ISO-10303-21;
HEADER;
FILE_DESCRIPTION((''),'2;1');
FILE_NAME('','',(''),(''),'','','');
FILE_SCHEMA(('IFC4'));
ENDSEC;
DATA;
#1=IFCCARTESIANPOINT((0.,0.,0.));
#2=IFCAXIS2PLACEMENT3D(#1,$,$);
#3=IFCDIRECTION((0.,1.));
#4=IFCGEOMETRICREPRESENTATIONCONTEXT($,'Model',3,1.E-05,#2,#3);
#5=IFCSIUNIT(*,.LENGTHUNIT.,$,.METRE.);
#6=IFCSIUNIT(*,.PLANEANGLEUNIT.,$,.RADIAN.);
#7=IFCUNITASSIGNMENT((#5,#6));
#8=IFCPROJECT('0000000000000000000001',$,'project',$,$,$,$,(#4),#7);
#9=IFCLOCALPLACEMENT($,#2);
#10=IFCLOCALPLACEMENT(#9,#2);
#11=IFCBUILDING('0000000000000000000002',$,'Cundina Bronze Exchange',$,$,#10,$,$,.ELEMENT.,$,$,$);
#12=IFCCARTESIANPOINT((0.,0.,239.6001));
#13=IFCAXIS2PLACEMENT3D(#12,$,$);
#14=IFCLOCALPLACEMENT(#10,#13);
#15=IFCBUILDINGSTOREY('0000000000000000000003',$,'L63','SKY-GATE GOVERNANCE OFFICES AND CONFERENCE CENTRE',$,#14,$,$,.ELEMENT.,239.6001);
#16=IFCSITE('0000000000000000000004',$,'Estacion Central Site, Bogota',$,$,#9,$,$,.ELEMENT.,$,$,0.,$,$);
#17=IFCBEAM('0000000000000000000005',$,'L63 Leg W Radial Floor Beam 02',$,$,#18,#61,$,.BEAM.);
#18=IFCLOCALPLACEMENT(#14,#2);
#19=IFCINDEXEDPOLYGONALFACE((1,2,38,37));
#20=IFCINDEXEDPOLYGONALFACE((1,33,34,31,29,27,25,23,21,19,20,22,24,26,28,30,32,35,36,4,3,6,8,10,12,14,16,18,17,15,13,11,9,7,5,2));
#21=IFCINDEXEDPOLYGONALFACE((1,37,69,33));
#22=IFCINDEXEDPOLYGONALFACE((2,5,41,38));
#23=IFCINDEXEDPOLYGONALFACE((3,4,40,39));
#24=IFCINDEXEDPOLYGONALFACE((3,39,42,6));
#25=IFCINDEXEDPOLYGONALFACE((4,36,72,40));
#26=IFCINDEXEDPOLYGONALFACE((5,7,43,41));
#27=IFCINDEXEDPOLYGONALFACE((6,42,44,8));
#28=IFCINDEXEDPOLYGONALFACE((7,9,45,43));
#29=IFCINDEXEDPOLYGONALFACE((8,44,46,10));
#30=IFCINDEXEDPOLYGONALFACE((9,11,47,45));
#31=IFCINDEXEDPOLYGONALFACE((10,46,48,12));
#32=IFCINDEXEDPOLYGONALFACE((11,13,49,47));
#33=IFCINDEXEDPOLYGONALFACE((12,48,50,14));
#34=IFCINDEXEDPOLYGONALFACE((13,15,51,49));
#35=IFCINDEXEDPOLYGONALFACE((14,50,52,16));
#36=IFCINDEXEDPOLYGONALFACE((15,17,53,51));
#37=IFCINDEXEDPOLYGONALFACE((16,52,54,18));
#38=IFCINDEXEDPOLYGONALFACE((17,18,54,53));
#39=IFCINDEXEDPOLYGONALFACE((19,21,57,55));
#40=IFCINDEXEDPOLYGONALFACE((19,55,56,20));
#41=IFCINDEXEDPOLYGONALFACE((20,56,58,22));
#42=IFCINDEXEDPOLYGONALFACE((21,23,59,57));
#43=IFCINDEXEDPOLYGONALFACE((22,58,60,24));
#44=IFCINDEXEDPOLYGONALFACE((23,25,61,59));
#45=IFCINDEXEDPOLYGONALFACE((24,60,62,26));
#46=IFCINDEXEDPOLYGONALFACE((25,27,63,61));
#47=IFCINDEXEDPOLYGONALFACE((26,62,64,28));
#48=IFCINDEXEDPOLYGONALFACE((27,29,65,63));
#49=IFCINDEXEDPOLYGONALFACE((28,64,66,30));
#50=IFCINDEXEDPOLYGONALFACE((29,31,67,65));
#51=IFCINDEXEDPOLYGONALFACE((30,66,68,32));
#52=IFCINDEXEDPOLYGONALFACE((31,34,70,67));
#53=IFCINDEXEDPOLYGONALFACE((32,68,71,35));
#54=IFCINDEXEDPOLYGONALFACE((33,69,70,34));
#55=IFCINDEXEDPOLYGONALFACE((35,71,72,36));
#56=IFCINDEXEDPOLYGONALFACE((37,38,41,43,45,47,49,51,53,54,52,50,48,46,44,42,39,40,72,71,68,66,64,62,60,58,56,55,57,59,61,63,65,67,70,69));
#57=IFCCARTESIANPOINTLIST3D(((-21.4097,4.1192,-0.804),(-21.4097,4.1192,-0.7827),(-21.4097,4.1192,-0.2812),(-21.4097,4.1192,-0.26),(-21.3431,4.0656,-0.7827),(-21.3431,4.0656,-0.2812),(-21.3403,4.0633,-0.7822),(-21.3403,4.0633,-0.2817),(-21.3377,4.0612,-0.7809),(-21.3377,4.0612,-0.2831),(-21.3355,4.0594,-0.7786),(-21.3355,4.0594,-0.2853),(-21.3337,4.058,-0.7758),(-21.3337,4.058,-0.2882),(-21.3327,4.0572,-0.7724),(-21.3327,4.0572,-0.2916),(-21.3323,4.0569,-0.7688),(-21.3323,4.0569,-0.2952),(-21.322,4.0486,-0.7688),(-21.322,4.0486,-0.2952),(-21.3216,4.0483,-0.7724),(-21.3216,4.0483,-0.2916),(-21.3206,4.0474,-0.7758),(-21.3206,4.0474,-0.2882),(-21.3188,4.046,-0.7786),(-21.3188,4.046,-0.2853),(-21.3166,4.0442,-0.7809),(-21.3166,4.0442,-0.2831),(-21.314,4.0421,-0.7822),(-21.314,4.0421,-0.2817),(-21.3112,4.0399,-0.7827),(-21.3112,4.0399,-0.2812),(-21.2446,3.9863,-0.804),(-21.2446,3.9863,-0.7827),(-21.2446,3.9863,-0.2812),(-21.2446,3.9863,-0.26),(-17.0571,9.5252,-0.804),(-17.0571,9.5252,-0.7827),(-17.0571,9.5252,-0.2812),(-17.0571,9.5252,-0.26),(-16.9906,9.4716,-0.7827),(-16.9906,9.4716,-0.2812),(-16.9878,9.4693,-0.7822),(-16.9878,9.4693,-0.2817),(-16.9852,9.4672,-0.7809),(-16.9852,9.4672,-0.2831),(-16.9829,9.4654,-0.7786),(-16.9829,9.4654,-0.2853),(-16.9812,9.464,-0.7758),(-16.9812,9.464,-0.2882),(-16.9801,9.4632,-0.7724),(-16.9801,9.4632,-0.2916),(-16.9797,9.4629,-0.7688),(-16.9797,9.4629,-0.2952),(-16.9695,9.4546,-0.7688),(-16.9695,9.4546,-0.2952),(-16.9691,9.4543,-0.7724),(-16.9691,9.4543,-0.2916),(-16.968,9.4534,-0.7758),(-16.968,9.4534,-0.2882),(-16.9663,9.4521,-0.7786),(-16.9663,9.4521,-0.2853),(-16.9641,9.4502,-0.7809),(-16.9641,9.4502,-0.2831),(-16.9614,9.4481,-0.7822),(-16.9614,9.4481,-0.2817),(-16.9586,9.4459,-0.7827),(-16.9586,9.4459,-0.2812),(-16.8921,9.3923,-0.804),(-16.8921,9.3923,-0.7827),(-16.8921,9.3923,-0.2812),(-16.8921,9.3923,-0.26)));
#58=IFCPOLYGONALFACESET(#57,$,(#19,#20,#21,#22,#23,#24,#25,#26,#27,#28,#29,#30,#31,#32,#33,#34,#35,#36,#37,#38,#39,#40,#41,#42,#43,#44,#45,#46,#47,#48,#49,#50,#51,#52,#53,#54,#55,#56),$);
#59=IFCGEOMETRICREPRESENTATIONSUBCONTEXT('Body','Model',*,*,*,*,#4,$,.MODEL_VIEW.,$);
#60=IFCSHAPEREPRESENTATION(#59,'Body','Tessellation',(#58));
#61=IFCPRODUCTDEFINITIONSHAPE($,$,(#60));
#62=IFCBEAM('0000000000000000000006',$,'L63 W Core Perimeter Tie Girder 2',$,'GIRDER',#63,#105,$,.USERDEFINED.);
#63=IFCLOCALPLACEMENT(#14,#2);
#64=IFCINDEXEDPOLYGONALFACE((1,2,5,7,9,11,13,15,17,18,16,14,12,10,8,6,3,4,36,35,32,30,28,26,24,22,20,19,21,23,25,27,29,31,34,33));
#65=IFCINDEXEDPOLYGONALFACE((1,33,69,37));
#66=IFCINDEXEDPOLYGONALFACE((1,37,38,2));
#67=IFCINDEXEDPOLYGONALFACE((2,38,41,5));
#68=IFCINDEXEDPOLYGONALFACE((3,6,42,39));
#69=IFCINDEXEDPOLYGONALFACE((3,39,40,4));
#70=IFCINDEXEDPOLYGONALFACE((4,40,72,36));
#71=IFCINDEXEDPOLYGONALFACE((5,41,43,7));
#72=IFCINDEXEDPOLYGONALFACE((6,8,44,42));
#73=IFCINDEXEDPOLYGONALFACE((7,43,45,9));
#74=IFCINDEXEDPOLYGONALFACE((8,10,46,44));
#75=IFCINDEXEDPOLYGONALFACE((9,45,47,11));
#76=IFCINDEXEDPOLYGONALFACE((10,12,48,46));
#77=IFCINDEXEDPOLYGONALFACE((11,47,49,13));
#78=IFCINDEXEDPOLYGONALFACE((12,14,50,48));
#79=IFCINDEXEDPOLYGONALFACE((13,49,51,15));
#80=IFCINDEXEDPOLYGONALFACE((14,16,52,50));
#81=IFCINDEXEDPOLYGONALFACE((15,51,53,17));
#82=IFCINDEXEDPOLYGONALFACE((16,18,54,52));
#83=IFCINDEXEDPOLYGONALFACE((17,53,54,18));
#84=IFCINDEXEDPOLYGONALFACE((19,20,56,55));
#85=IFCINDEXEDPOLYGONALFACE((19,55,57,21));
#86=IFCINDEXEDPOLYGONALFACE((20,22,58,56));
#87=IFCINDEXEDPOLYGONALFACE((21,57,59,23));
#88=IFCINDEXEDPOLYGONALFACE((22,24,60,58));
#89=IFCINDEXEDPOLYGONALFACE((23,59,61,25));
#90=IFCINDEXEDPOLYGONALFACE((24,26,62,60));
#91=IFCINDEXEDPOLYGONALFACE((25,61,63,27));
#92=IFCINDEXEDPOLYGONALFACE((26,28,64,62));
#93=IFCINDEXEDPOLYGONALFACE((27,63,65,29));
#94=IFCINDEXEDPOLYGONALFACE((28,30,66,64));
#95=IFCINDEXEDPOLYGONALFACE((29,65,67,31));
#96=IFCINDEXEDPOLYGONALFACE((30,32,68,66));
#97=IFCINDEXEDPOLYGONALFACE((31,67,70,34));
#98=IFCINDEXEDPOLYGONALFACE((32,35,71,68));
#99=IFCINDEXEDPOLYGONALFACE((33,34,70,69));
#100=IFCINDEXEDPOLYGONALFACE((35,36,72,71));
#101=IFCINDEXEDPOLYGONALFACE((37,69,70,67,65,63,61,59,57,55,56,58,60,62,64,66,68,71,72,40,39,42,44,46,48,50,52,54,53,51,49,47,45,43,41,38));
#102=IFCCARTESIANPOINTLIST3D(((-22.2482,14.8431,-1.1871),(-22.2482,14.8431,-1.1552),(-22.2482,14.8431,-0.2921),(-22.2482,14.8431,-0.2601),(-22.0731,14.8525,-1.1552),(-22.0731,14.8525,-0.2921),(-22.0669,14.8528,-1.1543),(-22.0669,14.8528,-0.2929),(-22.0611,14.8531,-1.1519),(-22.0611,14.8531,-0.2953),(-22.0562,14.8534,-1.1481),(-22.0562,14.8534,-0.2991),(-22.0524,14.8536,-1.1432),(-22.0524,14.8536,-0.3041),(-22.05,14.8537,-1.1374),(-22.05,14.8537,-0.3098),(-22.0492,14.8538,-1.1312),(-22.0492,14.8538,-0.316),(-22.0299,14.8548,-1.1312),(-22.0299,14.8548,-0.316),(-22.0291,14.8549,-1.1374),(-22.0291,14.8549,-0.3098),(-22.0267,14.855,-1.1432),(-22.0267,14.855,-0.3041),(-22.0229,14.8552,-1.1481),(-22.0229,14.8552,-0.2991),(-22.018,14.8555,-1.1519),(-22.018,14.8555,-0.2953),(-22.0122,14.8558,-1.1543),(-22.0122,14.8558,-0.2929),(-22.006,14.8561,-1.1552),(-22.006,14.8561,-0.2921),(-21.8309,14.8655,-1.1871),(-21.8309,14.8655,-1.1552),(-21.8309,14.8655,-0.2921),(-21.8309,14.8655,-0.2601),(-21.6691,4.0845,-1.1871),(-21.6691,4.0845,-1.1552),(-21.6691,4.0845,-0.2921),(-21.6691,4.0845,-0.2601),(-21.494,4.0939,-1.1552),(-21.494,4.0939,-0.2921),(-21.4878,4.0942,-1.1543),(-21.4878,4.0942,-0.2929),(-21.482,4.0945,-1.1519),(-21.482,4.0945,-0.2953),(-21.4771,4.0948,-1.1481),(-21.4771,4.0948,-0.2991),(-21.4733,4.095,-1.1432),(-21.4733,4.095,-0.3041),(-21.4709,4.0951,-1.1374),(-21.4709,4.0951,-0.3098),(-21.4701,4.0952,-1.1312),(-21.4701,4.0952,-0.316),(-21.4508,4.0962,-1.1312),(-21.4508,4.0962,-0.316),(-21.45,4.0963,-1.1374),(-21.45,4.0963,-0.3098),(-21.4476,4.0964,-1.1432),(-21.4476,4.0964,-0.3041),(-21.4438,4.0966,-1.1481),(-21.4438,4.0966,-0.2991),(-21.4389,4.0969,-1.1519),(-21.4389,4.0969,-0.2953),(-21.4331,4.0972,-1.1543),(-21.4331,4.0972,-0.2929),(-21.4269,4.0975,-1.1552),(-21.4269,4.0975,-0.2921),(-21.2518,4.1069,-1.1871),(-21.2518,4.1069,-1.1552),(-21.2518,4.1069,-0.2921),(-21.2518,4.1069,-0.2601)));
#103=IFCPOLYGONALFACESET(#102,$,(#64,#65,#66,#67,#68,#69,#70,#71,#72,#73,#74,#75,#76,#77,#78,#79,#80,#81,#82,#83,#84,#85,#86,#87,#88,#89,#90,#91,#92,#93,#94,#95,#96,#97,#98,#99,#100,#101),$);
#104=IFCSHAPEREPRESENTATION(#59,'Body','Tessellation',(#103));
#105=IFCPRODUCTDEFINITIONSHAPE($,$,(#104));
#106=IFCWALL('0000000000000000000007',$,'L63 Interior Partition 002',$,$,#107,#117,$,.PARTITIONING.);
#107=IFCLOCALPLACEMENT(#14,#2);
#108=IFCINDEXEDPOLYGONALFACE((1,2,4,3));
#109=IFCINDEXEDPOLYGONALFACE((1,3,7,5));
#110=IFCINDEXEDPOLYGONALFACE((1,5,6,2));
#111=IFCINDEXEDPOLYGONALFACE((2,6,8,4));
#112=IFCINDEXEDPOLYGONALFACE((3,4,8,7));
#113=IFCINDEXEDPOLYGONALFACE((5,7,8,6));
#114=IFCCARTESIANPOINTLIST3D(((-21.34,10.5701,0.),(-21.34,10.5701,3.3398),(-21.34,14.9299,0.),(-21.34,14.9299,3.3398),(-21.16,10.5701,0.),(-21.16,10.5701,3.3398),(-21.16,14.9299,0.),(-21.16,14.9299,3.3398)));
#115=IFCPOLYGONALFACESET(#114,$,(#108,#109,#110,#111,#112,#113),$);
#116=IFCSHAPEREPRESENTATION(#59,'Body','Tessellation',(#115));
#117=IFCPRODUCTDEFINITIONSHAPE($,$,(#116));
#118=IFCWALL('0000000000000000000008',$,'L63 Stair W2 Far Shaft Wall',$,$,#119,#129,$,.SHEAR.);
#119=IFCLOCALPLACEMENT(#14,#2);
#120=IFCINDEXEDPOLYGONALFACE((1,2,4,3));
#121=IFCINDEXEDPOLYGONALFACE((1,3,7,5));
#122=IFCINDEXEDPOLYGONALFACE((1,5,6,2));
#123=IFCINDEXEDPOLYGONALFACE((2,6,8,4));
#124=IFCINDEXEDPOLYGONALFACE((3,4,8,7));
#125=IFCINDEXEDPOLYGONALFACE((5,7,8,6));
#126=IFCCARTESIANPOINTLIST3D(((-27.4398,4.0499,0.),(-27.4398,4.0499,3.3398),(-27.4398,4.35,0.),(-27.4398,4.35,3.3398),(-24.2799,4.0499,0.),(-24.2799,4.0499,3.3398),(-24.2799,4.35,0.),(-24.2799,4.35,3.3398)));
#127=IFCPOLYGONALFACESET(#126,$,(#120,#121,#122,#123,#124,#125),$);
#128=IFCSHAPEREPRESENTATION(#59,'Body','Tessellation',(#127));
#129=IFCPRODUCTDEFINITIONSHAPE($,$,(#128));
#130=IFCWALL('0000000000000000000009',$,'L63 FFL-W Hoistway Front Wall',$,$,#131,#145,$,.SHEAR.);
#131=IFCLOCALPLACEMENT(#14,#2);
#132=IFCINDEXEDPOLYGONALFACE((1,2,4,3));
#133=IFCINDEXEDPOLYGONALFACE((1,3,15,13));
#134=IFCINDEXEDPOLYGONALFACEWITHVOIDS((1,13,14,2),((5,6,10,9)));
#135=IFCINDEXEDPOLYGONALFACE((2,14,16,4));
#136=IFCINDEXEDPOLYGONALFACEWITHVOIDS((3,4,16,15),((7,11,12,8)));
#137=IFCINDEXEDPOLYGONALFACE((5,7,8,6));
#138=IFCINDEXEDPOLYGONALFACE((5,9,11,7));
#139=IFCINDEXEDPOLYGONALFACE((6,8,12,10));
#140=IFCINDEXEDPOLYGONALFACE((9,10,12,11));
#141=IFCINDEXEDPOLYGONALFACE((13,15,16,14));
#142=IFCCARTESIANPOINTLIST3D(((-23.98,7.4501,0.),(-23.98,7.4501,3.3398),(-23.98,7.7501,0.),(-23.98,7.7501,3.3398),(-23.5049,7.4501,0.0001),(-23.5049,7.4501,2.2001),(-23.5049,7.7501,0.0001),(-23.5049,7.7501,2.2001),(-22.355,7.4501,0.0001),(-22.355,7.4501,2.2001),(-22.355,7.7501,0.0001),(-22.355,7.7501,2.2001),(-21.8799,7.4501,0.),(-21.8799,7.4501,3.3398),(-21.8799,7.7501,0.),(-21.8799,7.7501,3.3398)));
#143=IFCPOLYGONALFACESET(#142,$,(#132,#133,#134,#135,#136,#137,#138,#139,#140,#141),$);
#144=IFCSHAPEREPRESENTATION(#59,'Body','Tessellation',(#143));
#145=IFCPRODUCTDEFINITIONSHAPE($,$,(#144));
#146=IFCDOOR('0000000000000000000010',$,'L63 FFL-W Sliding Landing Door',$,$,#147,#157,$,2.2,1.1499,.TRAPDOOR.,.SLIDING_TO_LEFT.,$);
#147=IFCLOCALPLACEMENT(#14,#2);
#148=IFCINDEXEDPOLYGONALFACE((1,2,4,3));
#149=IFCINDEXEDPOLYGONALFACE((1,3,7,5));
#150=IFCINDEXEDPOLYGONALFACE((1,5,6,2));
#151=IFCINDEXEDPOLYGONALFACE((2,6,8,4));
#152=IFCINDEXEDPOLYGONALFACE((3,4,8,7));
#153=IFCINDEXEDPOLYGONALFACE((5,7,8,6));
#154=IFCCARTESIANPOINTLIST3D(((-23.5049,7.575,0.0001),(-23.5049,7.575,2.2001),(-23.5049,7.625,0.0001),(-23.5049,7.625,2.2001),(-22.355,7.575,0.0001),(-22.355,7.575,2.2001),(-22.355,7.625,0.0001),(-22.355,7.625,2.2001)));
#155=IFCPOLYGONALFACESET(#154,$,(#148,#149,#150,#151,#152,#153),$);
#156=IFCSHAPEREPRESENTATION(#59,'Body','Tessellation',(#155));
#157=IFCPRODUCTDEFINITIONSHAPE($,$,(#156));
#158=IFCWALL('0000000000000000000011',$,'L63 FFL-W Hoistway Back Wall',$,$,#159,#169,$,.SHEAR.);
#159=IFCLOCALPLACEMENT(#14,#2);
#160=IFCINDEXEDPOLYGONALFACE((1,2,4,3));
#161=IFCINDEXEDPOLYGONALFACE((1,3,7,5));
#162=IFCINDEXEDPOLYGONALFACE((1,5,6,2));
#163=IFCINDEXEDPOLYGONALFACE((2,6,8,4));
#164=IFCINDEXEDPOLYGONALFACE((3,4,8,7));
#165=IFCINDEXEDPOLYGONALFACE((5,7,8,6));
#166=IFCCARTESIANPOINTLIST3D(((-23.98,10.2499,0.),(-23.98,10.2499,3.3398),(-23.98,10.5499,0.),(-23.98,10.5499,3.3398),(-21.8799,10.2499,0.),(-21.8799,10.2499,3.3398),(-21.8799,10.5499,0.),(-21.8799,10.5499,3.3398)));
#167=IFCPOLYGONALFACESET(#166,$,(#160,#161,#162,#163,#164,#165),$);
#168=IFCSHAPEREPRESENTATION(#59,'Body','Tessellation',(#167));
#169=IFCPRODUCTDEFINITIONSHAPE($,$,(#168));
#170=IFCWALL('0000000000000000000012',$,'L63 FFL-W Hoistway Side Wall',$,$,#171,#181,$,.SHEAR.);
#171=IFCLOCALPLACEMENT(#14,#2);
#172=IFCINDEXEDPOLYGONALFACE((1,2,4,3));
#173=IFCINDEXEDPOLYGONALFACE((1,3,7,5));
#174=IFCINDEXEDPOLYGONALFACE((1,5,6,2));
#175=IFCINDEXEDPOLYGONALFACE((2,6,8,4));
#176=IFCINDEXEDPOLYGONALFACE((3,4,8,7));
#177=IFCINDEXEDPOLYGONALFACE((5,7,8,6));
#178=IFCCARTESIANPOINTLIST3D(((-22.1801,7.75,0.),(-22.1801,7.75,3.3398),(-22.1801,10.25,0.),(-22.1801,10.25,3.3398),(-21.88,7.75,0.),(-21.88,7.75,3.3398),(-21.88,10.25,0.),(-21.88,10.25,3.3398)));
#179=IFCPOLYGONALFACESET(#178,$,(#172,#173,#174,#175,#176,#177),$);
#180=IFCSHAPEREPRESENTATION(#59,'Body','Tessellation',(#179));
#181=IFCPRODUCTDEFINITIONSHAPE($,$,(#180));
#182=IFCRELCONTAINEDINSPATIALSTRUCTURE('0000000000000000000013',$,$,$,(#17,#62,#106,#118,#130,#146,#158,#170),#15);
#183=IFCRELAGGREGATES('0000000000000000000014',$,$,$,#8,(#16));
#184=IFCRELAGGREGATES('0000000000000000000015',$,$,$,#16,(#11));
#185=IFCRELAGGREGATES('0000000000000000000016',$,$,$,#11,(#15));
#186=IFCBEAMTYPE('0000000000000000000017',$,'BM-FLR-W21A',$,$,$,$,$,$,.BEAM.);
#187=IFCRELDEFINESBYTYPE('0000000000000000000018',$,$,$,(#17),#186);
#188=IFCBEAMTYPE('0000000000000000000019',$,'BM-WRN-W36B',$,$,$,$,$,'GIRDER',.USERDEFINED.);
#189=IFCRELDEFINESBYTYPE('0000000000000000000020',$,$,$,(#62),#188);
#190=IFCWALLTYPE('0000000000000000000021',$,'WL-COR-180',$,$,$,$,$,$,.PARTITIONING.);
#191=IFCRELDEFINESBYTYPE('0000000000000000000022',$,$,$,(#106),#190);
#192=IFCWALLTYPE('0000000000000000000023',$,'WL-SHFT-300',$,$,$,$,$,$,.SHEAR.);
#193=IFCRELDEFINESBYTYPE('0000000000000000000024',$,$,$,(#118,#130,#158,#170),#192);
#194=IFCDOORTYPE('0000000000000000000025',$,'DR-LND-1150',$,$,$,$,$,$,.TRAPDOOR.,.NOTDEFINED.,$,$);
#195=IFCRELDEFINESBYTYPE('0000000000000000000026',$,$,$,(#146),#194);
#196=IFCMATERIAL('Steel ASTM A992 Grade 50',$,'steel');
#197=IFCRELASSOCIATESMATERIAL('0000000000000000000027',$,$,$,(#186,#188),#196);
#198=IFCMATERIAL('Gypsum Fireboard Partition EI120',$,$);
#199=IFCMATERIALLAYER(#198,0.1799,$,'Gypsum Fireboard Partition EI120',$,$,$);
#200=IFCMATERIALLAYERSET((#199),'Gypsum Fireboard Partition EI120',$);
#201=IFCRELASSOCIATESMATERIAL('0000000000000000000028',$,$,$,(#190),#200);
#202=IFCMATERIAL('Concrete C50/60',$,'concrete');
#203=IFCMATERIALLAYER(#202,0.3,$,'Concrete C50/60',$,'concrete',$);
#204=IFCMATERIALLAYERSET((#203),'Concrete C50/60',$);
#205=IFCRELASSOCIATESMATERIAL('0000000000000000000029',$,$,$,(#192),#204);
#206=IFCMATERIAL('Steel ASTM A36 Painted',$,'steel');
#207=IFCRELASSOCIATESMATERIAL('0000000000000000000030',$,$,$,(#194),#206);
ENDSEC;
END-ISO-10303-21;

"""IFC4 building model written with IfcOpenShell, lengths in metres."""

from ifc_helpers import new_model, si_unit, direction, frame, frame_2d, origin, origin_2d, place, context, subcontext, project, spatial, rectangle, i_section, extrude, material, layer, layer_set, material_profile, profile_set, type_object, element, fill, save


model = new_model("IFC4")

# Units and contexts
model_context = context("Model", 3, precision=1e-05, world=origin(), true_north=direction((0.0, 1.0)))
body_context = subcontext(model_context, "Body", "Model", "MODEL_VIEW")
ifc_project = project(units=[si_unit("LENGTHUNIT", "METRE"), si_unit("PLANEANGLEUNIT", "RADIAN")], contexts=[model_context])

# Site, building, storey
site_placement = place(None, origin())
site = spatial("IfcSite", under=ifc_project, at=site_placement, Name="Estacion Central Site, Bogota", CompositionType="ELEMENT", RefElevation=0.0)
building_placement = place(site_placement, origin())
building = spatial("IfcBuilding", under=site, at=building_placement, Name="Cundina Bronze Exchange", CompositionType="ELEMENT")
storey_placement = place(building_placement, frame((0.0, 0.0, 239.6001)))
storey = spatial("IfcBuildingStorey", under=building, at=storey_placement, Name="L63", Description="SKY-GATE GOVERNANCE OFFICES AND CONFERENCE CENTRE", CompositionType="ELEMENT", Elevation=239.6001)

# Beams
ifc_material_1 = material(Name="Steel ASTM A992 Grade 50", Category="steel")
ifc_material_profile_1 = material_profile(ifc_material_1, i_section(OverallWidth=0.2119, OverallDepth=0.5439, WebThickness=0.0132, FlangeThickness=0.0212, FilletRadius=0.0139, at=origin_2d()), Name="W21X83", Category="steel")
ifc_profile_set_1 = profile_set([ifc_material_profile_1], Name="Steel ASTM A992 Grade 50")
beam_type_1 = type_object("IfcBeamType", Name="BM-FLR-W21A", PredefinedType="BEAM", material=ifc_profile_set_1)
beam_1_placement = place(storey_placement, frame((-21.3271, 4.0527, -0.532), z_axis=(0.627129, 0.778916, 0.0), x_axis=(-0.778916, 0.627129, 0.0)))
element("IfcBeam", 1, at=beam_1_placement, inside=storey, type_object=beam_type_1, Name="L63 Leg W Radial Floor Beam 02", PredefinedType="BEAM", context=body_context, shape_type="SweptSolid", body=[
    extrude(i_section(OverallWidth=0.2119, OverallDepth=0.5439, WebThickness=0.0132, FlangeThickness=0.0212, FilletRadius=0.0139, at=origin_2d()), origin(), (0.0, 0.0, 1.0), 6.9404),
])
ifc_material_profile_2 = material_profile(ifc_material_1, i_section(OverallWidth=0.418, OverallDepth=0.927, WebThickness=0.0193, FlangeThickness=0.032, FilletRadius=0.0239, at=origin_2d()), Name="W36X231", Category="steel")
ifc_profile_set_2 = profile_set([ifc_material_profile_2], Name="Steel ASTM A992 Grade 50")
beam_type_2 = type_object("IfcBeamType", Name="BM-WRN-W36B", ElementType="GIRDER", PredefinedType="USERDEFINED", material=ifc_profile_set_2)
beam_2_placement = place(storey_placement, frame((-21.4604, 4.0957, -0.7236), z_axis=(-0.053749, 0.998554, 0.0), x_axis=(-0.998554, -0.053749, 0.0)))
element("IfcBeam", 2, at=beam_2_placement, inside=storey, type_object=beam_type_2, Name="L63 W Core Perimeter Tie Girder 2", ObjectType="GIRDER", PredefinedType="USERDEFINED", context=body_context, shape_type="SweptSolid", body=[
    extrude(i_section(OverallWidth=0.418, OverallDepth=0.927, WebThickness=0.0193, FlangeThickness=0.032, FilletRadius=0.0239, at=origin_2d()), origin(), (0.0, 0.0, 1.0), 10.7742),
])

# Walls
ifc_material_2 = material(Name="Gypsum Fireboard Partition EI120")
ifc_layer_1 = layer(ifc_material_2, 0.1799, Name="Gypsum Fireboard Partition EI120")
ifc_layer_set_1 = layer_set([ifc_layer_1], Name="Gypsum Fireboard Partition EI120")
wall_type_1 = type_object("IfcWallType", Name="WL-COR-180", PredefinedType="PARTITIONING", material=ifc_layer_set_1)
wall_1_placement = place(storey_placement, frame((-21.25, 10.5701, 0.0), z_axis=(0.0, 0.0, 1.0), x_axis=(0.0, 1.0, 0.0)))
element("IfcWall", 3, at=wall_1_placement, inside=storey, type_object=wall_type_1, Name="L63 Interior Partition 002", PredefinedType="PARTITIONING", context=body_context, shape_type="SweptSolid", body=[
    extrude(rectangle(XDim=4.3599, YDim=0.1799, at=frame_2d((2.1799, 0.0))), origin(), (0.0, 0.0, 1.0), 3.3398),
])
ifc_material_3 = material(Name="Concrete C50/60", Category="concrete")
ifc_layer_2 = layer(ifc_material_3, 0.3, Name="Concrete C50/60", Category="concrete")
ifc_layer_set_2 = layer_set([ifc_layer_2], Name="Concrete C50/60")
wall_type_2 = type_object("IfcWallType", Name="WL-SHFT-300", PredefinedType="SHEAR", material=ifc_layer_set_2)
wall_2_placement = place(storey_placement, frame((-27.4399, 4.2, 0.0), z_axis=(0.0, 0.0, 1.0), x_axis=(1.0, 0.0, 0.0)))
element("IfcWall", 4, at=wall_2_placement, inside=storey, type_object=wall_type_2, Name="L63 Stair W2 Far Shaft Wall", PredefinedType="SHEAR", context=body_context, shape_type="SweptSolid", body=[
    extrude(rectangle(XDim=3.1599, YDim=0.3, at=frame_2d((1.5801, 0.0))), origin(), (0.0, 0.0, 1.0), 3.3398),
])

# Wall, opening, door
wall_3_placement = place(storey_placement, frame((-23.98, 7.6001, 0.0), z_axis=(0.0, 0.0, 1.0), x_axis=(1.0, 0.0, 0.0)))
wall_3 = element("IfcWall", 5, at=wall_3_placement, inside=storey, type_object=wall_type_2, Name="L63 FFL-W Hoistway Front Wall", PredefinedType="SHEAR", context=body_context, shape_type="SweptSolid", body=[
    extrude(rectangle(XDim=2.1001, YDim=0.3, at=frame_2d((1.05, 0.0))), origin(), (0.0, 0.0, 1.0), 3.3398),
])
opening_placement = place(wall_3_placement, frame((0.4751, 0.0, 0.0)))
opening = element("IfcOpeningElement", 6, at=opening_placement, cuts=wall_3, PredefinedType="OPENING", context=body_context, shape_type="SweptSolid", body=[
    extrude(rectangle(XDim=1.1499, YDim=2.2, at=frame_2d((0.575, 1.1001))), frame((0.0, 0.1599, 0.0), z_axis=(0.0, -1.0, 0.0), x_axis=(1.0, 0.0, 0.0)), (0.0, 0.0, 1.0), 0.3201),
])
ifc_material_4 = material(Name="Steel ASTM A36 Painted", Category="steel")
door_type = type_object("IfcDoorType", Name="DR-LND-1150", OperationType="NOTDEFINED", PredefinedType="TRAPDOOR", material=ifc_material_4)
door_placement = place(opening_placement, origin())
door = element("IfcDoor", 7, at=door_placement, inside=storey, type_object=door_type, Name="L63 FFL-W Sliding Landing Door", OperationType="SLIDING_TO_LEFT", OverallHeight=2.2, OverallWidth=1.1499, PredefinedType="TRAPDOOR", context=body_context, shape_type="SweptSolid", body=[
    extrude(rectangle(XDim=1.1499, YDim=2.2, at=frame_2d((0.575, 1.1001))), frame((0.0, 0.0249, 0.0), z_axis=(0.0, -1.0, 0.0), x_axis=(1.0, 0.0, 0.0)), (0.0, 0.0, 1.0), 0.05),
])
fill(opening, door)

# Walls
wall_4_placement = place(storey_placement, frame((-23.98, 10.3999, 0.0), z_axis=(0.0, 0.0, 1.0), x_axis=(1.0, 0.0, 0.0)))
element("IfcWall", 8, at=wall_4_placement, inside=storey, type_object=wall_type_2, Name="L63 FFL-W Hoistway Back Wall", PredefinedType="SHEAR", context=body_context, shape_type="SweptSolid", body=[
    extrude(rectangle(XDim=2.1001, YDim=0.3, at=frame_2d((1.05, 0.0))), origin(), (0.0, 0.0, 1.0), 3.3398),
])
wall_5_placement = place(storey_placement, frame((-22.03, 7.75, 0.0), z_axis=(0.0, 0.0, 1.0), x_axis=(0.0, 1.0, 0.0)))
element("IfcWall", 9, at=wall_5_placement, inside=storey, type_object=wall_type_2, Name="L63 FFL-W Hoistway Side Wall", PredefinedType="SHEAR", context=body_context, shape_type="SweptSolid", body=[
    extrude(rectangle(XDim=2.5, YDim=0.3, at=frame_2d((1.25, 0.0))), origin(), (0.0, 0.0, 1.0), 3.3398),
])

save(model, "model.ifc")
